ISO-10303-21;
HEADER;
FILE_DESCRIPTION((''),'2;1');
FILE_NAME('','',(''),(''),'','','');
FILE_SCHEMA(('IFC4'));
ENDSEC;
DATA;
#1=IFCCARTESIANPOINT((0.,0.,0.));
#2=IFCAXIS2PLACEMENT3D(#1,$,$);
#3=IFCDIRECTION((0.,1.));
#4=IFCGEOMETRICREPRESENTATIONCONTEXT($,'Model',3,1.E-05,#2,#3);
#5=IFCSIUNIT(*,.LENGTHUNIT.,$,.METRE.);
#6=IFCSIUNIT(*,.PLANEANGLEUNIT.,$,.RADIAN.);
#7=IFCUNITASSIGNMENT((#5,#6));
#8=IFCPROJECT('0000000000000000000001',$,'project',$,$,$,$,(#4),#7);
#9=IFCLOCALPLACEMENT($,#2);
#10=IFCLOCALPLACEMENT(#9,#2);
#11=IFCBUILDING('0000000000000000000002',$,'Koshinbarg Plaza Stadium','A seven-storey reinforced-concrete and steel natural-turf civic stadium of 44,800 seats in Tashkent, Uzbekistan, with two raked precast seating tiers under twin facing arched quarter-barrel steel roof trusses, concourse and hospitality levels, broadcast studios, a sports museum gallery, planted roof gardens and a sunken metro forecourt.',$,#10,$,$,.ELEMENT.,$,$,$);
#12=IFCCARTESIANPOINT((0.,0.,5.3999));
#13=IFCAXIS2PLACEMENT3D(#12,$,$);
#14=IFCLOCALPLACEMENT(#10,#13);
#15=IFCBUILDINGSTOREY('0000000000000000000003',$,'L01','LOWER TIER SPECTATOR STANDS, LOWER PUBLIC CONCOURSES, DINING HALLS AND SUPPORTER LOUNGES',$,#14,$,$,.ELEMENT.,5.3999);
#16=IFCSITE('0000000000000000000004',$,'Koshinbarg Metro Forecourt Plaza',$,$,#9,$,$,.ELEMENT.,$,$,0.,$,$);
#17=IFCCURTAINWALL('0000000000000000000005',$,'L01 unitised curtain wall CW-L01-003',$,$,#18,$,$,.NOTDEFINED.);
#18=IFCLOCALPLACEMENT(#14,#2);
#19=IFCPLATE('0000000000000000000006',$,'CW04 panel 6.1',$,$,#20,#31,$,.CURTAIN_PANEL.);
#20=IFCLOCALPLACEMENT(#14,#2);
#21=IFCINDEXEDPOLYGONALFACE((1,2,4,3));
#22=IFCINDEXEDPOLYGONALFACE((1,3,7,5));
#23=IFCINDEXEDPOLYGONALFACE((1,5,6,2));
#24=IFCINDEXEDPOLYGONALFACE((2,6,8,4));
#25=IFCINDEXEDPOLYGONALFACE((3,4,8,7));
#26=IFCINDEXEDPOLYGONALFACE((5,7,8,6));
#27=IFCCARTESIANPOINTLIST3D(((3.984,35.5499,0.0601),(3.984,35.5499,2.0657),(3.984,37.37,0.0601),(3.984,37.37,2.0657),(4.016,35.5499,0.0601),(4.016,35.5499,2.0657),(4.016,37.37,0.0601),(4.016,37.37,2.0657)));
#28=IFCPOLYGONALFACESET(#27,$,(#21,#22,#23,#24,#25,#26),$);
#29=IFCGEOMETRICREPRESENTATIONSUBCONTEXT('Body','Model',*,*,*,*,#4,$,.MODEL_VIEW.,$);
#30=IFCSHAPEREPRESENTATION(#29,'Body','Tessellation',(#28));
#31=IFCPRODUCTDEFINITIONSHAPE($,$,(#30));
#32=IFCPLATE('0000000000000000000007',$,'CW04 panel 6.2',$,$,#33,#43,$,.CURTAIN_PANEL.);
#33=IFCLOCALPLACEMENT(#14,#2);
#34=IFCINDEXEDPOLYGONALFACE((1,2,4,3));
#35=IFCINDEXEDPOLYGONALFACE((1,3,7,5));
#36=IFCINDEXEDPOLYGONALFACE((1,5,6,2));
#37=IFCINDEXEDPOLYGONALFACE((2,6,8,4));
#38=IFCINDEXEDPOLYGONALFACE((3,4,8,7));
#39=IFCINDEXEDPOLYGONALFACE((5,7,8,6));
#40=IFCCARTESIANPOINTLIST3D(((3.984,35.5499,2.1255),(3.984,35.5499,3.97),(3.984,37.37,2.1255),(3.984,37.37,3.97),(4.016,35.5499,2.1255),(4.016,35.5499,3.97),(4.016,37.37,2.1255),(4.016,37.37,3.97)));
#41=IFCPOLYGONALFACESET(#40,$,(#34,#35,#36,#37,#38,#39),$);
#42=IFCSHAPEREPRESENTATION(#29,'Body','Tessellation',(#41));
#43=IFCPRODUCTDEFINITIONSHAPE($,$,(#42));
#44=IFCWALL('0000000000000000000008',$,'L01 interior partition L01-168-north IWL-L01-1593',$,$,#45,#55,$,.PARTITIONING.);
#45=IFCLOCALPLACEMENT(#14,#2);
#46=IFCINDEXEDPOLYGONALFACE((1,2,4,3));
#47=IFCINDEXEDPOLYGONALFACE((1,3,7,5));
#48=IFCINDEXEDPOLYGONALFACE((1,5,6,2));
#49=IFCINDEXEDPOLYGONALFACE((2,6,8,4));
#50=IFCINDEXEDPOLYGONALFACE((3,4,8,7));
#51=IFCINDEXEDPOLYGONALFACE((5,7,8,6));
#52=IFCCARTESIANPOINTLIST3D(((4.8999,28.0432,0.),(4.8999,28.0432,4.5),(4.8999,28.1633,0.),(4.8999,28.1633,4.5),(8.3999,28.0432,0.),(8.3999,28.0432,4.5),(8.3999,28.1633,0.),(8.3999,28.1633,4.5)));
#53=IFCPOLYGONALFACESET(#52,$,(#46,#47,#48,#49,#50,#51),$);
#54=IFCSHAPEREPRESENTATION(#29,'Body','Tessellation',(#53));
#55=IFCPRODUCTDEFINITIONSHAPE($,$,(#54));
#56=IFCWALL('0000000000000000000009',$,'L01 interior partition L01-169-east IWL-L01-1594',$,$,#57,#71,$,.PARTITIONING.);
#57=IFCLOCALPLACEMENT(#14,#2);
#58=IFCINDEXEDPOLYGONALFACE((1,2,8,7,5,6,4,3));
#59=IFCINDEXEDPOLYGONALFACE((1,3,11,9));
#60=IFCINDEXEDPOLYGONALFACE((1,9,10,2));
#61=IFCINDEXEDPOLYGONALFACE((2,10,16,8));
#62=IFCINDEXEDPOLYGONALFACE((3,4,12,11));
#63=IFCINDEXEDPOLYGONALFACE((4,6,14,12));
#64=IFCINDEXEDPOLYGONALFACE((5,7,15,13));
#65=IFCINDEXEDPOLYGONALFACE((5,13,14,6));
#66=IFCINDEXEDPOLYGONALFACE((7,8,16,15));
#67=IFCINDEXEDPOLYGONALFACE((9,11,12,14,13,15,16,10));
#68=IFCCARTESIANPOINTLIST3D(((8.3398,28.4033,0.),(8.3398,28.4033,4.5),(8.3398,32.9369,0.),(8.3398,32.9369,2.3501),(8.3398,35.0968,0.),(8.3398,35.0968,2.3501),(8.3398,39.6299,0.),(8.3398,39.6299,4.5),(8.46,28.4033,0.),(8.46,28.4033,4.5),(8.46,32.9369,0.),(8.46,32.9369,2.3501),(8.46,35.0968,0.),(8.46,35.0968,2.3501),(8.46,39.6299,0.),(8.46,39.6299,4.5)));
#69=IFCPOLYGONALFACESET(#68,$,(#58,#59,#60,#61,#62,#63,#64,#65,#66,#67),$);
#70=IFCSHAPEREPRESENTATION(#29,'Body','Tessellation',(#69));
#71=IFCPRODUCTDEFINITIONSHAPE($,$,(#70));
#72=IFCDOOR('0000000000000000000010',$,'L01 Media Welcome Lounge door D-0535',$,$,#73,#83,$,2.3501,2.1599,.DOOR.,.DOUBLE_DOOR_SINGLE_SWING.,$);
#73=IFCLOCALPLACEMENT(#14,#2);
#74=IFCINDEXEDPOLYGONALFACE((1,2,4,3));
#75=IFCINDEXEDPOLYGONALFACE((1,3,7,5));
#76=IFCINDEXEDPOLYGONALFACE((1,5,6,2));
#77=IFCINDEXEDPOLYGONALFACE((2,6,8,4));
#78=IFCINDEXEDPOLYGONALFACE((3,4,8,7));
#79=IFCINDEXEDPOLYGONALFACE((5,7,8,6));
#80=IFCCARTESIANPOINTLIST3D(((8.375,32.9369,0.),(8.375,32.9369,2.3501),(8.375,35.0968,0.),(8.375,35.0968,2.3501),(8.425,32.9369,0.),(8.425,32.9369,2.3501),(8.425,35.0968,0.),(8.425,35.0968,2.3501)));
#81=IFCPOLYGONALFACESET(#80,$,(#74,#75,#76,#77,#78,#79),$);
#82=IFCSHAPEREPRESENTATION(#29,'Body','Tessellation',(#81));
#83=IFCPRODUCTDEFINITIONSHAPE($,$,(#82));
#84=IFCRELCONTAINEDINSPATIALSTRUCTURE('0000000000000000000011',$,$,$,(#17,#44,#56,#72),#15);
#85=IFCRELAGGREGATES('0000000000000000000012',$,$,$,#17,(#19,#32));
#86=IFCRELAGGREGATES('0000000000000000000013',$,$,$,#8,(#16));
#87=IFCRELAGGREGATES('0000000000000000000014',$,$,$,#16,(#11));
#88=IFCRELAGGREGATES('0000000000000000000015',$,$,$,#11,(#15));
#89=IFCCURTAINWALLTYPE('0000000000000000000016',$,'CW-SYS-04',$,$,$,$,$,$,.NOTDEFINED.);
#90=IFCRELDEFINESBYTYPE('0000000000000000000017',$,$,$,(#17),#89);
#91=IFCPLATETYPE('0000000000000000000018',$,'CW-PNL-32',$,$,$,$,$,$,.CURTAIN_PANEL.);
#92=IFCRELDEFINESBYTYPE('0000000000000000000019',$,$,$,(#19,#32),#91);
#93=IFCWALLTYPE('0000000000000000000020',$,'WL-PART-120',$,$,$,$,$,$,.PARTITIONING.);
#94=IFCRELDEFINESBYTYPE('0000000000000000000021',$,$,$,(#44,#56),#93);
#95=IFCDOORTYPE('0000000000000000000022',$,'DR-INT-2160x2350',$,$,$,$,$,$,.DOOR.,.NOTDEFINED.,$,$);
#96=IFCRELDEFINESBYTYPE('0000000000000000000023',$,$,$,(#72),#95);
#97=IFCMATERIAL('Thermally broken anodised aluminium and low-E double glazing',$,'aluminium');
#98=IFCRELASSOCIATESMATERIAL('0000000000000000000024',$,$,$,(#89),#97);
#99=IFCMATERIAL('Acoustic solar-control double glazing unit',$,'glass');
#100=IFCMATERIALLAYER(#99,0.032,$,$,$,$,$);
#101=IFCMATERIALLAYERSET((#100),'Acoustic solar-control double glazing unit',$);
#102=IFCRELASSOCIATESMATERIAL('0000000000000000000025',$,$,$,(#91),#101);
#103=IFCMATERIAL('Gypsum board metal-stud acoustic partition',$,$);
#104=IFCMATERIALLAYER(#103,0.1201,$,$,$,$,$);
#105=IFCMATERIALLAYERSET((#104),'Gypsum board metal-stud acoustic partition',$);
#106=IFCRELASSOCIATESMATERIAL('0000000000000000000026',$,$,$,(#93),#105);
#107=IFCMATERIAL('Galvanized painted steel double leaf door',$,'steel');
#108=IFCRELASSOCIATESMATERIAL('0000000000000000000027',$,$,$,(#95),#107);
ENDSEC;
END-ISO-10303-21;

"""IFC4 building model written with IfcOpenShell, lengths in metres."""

from ifc_helpers import new_model, si_unit, direction, frame, frame_2d, origin, origin_2d, place, context, subcontext, project, spatial, rectangle, extrude, material, layer, layer_set, type_object, element, fill, aggregate, save


model = new_model("IFC4")

# Units and contexts
model_context = context("Model", 3, precision=1e-05, world=origin(), true_north=direction((0.0, 1.0)))
body_context = subcontext(model_context, "Body", "Model", "MODEL_VIEW")
ifc_project = project(units=[si_unit("LENGTHUNIT", "METRE"), si_unit("PLANEANGLEUNIT", "RADIAN")], contexts=[model_context])

# Site, building, storey
site_placement = place(None, origin())
site = spatial("IfcSite", under=ifc_project, at=site_placement, Name="Koshinbarg Metro Forecourt Plaza", CompositionType="ELEMENT", RefElevation=0.0)
building_placement = place(site_placement, origin())
building = spatial("IfcBuilding", under=site, at=building_placement, Name="Koshinbarg Plaza Stadium", Description="A seven-storey reinforced-concrete and steel natural-turf civic stadium of 44,800 seats in Tashkent, Uzbekistan, with two raked precast seating tiers under twin facing arched quarter-barrel steel roof trusses, concourse and hospitality levels, broadcast studios, a sports museum gallery, planted roof gardens and a sunken metro forecourt.", CompositionType="ELEMENT")
storey_placement = place(building_placement, frame((0.0, 0.0, 5.3999)))
storey = spatial("IfcBuildingStorey", under=building, at=storey_placement, Name="L01", Description="LOWER TIER SPECTATOR STANDS, LOWER PUBLIC CONCOURSES, DINING HALLS AND SUPPORTER LOUNGES", CompositionType="ELEMENT", Elevation=5.3999)

# Curtain wall, plates
ifc_material_1 = material(Name="Thermally broken anodised aluminium and low-E double glazing", Category="aluminium")
curtain_wall_type = type_object("IfcCurtainWallType", Name="CW-SYS-04", PredefinedType="NOTDEFINED", material=ifc_material_1)
curtain_wall_placement = place(storey_placement, origin())
curtain_wall = element("IfcCurtainWall", 1, at=curtain_wall_placement, inside=storey, type_object=curtain_wall_type, Name="L01 unitised curtain wall CW-L01-003", PredefinedType="NOTDEFINED")
ifc_material_2 = material(Name="Acoustic solar-control double glazing unit", Category="glass")
ifc_layer_1 = layer(ifc_material_2, 0.032)
ifc_layer_set_1 = layer_set([ifc_layer_1], Name="Acoustic solar-control double glazing unit")
plate_type = type_object("IfcPlateType", Name="CW-PNL-32", PredefinedType="CURTAIN_PANEL", material=ifc_layer_set_1)
plate_1_placement = place(storey_placement, frame((4.0, 36.46, 0.0601), z_axis=(0.0, 0.0, 1.0), x_axis=(0.0, 1.0, 0.0)))
plate_1 = element("IfcPlate", 2, at=plate_1_placement, type_object=plate_type, Name="CW04 panel 6.1", PredefinedType="CURTAIN_PANEL", context=body_context, shape_type="SweptSolid", body=[
    extrude(rectangle(XDim=1.8201, YDim=0.032, at=origin_2d()), origin(), (0.0, 0.0, 1.0), 2.0056),
])
plate_2_placement = place(storey_placement, frame((4.0, 36.46, 2.1255), z_axis=(0.0, 0.0, 1.0), x_axis=(0.0, 1.0, 0.0)))
plate_2 = element("IfcPlate", 3, at=plate_2_placement, type_object=plate_type, Name="CW04 panel 6.2", PredefinedType="CURTAIN_PANEL", context=body_context, shape_type="SweptSolid", body=[
    extrude(rectangle(XDim=1.8201, YDim=0.032, at=origin_2d()), origin(), (0.0, 0.0, 1.0), 1.8445),
])
aggregate(curtain_wall, [plate_1, plate_2])

# Wall
ifc_material_3 = material(Name="Gypsum board metal-stud acoustic partition")
ifc_layer_2 = layer(ifc_material_3, 0.1201)
ifc_layer_set_2 = layer_set([ifc_layer_2], Name="Gypsum board metal-stud acoustic partition")
wall_type = type_object("IfcWallType", Name="WL-PART-120", PredefinedType="PARTITIONING", material=ifc_layer_set_2)
wall_1_placement = place(storey_placement, frame((8.3999, 28.1033, 0.0), z_axis=(0.0, 0.0, 1.0), x_axis=(-1.0, 0.0, 0.0)))
element("IfcWall", 4, at=wall_1_placement, inside=storey, type_object=wall_type, Name="L01 interior partition L01-168-north IWL-L01-1593", PredefinedType="PARTITIONING", context=body_context, shape_type="SweptSolid", body=[
    extrude(rectangle(XDim=3.5, YDim=0.1201, at=frame_2d((1.75, 0.0))), origin(), (0.0, 0.0, 1.0), 4.5),
])

# Wall, opening, door
wall_2_placement = place(storey_placement, frame((8.3999, 28.4033, 0.0), z_axis=(0.0, 0.0, 1.0), x_axis=(0.0, 1.0, 0.0)))
wall_2 = element("IfcWall", 5, at=wall_2_placement, inside=storey, type_object=wall_type, Name="L01 interior partition L01-169-east IWL-L01-1594", PredefinedType="PARTITIONING", context=body_context, shape_type="SweptSolid", body=[
    extrude(rectangle(XDim=11.2266, YDim=0.1201, at=frame_2d((5.6133, 0.0))), origin(), (0.0, 0.0, 1.0), 4.5),
])
opening_placement = place(wall_2_placement, frame((4.5334, 0.0, 0.0)))
opening = element("IfcOpeningElement", 6, at=opening_placement, cuts=wall_2, PredefinedType="OPENING", context=body_context, shape_type="SweptSolid", body=[
    extrude(rectangle(XDim=2.1599, YDim=2.3501, at=frame_2d((1.0801, 1.175))), frame((0.0, 0.0701, 0.0), z_axis=(0.0, -1.0, 0.0), x_axis=(1.0, 0.0, 0.0)), (0.0, 0.0, 1.0), 0.1401),
])
ifc_material_4 = material(Name="Galvanized painted steel double leaf door", Category="steel")
door_type = type_object("IfcDoorType", Name="DR-INT-2160x2350", OperationType="NOTDEFINED", PredefinedType="DOOR", material=ifc_material_4)
door_placement = place(opening_placement, origin())
door = element("IfcDoor", 7, at=door_placement, inside=storey, type_object=door_type, Name="L01 Media Welcome Lounge door D-0535", OperationType="DOUBLE_DOOR_SINGLE_SWING", OverallHeight=2.3501, OverallWidth=2.1599, PredefinedType="DOOR", context=body_context, shape_type="SweptSolid", body=[
    extrude(rectangle(XDim=2.1599, YDim=2.3501, at=frame_2d((1.0801, 1.175))), frame((0.0, 0.0249, 0.0), z_axis=(0.0, -1.0, 0.0), x_axis=(1.0, 0.0, 0.0)), (0.0, 0.0, 1.0), 0.05),
])
fill(opening, door)

save(model, "model.ifc")
